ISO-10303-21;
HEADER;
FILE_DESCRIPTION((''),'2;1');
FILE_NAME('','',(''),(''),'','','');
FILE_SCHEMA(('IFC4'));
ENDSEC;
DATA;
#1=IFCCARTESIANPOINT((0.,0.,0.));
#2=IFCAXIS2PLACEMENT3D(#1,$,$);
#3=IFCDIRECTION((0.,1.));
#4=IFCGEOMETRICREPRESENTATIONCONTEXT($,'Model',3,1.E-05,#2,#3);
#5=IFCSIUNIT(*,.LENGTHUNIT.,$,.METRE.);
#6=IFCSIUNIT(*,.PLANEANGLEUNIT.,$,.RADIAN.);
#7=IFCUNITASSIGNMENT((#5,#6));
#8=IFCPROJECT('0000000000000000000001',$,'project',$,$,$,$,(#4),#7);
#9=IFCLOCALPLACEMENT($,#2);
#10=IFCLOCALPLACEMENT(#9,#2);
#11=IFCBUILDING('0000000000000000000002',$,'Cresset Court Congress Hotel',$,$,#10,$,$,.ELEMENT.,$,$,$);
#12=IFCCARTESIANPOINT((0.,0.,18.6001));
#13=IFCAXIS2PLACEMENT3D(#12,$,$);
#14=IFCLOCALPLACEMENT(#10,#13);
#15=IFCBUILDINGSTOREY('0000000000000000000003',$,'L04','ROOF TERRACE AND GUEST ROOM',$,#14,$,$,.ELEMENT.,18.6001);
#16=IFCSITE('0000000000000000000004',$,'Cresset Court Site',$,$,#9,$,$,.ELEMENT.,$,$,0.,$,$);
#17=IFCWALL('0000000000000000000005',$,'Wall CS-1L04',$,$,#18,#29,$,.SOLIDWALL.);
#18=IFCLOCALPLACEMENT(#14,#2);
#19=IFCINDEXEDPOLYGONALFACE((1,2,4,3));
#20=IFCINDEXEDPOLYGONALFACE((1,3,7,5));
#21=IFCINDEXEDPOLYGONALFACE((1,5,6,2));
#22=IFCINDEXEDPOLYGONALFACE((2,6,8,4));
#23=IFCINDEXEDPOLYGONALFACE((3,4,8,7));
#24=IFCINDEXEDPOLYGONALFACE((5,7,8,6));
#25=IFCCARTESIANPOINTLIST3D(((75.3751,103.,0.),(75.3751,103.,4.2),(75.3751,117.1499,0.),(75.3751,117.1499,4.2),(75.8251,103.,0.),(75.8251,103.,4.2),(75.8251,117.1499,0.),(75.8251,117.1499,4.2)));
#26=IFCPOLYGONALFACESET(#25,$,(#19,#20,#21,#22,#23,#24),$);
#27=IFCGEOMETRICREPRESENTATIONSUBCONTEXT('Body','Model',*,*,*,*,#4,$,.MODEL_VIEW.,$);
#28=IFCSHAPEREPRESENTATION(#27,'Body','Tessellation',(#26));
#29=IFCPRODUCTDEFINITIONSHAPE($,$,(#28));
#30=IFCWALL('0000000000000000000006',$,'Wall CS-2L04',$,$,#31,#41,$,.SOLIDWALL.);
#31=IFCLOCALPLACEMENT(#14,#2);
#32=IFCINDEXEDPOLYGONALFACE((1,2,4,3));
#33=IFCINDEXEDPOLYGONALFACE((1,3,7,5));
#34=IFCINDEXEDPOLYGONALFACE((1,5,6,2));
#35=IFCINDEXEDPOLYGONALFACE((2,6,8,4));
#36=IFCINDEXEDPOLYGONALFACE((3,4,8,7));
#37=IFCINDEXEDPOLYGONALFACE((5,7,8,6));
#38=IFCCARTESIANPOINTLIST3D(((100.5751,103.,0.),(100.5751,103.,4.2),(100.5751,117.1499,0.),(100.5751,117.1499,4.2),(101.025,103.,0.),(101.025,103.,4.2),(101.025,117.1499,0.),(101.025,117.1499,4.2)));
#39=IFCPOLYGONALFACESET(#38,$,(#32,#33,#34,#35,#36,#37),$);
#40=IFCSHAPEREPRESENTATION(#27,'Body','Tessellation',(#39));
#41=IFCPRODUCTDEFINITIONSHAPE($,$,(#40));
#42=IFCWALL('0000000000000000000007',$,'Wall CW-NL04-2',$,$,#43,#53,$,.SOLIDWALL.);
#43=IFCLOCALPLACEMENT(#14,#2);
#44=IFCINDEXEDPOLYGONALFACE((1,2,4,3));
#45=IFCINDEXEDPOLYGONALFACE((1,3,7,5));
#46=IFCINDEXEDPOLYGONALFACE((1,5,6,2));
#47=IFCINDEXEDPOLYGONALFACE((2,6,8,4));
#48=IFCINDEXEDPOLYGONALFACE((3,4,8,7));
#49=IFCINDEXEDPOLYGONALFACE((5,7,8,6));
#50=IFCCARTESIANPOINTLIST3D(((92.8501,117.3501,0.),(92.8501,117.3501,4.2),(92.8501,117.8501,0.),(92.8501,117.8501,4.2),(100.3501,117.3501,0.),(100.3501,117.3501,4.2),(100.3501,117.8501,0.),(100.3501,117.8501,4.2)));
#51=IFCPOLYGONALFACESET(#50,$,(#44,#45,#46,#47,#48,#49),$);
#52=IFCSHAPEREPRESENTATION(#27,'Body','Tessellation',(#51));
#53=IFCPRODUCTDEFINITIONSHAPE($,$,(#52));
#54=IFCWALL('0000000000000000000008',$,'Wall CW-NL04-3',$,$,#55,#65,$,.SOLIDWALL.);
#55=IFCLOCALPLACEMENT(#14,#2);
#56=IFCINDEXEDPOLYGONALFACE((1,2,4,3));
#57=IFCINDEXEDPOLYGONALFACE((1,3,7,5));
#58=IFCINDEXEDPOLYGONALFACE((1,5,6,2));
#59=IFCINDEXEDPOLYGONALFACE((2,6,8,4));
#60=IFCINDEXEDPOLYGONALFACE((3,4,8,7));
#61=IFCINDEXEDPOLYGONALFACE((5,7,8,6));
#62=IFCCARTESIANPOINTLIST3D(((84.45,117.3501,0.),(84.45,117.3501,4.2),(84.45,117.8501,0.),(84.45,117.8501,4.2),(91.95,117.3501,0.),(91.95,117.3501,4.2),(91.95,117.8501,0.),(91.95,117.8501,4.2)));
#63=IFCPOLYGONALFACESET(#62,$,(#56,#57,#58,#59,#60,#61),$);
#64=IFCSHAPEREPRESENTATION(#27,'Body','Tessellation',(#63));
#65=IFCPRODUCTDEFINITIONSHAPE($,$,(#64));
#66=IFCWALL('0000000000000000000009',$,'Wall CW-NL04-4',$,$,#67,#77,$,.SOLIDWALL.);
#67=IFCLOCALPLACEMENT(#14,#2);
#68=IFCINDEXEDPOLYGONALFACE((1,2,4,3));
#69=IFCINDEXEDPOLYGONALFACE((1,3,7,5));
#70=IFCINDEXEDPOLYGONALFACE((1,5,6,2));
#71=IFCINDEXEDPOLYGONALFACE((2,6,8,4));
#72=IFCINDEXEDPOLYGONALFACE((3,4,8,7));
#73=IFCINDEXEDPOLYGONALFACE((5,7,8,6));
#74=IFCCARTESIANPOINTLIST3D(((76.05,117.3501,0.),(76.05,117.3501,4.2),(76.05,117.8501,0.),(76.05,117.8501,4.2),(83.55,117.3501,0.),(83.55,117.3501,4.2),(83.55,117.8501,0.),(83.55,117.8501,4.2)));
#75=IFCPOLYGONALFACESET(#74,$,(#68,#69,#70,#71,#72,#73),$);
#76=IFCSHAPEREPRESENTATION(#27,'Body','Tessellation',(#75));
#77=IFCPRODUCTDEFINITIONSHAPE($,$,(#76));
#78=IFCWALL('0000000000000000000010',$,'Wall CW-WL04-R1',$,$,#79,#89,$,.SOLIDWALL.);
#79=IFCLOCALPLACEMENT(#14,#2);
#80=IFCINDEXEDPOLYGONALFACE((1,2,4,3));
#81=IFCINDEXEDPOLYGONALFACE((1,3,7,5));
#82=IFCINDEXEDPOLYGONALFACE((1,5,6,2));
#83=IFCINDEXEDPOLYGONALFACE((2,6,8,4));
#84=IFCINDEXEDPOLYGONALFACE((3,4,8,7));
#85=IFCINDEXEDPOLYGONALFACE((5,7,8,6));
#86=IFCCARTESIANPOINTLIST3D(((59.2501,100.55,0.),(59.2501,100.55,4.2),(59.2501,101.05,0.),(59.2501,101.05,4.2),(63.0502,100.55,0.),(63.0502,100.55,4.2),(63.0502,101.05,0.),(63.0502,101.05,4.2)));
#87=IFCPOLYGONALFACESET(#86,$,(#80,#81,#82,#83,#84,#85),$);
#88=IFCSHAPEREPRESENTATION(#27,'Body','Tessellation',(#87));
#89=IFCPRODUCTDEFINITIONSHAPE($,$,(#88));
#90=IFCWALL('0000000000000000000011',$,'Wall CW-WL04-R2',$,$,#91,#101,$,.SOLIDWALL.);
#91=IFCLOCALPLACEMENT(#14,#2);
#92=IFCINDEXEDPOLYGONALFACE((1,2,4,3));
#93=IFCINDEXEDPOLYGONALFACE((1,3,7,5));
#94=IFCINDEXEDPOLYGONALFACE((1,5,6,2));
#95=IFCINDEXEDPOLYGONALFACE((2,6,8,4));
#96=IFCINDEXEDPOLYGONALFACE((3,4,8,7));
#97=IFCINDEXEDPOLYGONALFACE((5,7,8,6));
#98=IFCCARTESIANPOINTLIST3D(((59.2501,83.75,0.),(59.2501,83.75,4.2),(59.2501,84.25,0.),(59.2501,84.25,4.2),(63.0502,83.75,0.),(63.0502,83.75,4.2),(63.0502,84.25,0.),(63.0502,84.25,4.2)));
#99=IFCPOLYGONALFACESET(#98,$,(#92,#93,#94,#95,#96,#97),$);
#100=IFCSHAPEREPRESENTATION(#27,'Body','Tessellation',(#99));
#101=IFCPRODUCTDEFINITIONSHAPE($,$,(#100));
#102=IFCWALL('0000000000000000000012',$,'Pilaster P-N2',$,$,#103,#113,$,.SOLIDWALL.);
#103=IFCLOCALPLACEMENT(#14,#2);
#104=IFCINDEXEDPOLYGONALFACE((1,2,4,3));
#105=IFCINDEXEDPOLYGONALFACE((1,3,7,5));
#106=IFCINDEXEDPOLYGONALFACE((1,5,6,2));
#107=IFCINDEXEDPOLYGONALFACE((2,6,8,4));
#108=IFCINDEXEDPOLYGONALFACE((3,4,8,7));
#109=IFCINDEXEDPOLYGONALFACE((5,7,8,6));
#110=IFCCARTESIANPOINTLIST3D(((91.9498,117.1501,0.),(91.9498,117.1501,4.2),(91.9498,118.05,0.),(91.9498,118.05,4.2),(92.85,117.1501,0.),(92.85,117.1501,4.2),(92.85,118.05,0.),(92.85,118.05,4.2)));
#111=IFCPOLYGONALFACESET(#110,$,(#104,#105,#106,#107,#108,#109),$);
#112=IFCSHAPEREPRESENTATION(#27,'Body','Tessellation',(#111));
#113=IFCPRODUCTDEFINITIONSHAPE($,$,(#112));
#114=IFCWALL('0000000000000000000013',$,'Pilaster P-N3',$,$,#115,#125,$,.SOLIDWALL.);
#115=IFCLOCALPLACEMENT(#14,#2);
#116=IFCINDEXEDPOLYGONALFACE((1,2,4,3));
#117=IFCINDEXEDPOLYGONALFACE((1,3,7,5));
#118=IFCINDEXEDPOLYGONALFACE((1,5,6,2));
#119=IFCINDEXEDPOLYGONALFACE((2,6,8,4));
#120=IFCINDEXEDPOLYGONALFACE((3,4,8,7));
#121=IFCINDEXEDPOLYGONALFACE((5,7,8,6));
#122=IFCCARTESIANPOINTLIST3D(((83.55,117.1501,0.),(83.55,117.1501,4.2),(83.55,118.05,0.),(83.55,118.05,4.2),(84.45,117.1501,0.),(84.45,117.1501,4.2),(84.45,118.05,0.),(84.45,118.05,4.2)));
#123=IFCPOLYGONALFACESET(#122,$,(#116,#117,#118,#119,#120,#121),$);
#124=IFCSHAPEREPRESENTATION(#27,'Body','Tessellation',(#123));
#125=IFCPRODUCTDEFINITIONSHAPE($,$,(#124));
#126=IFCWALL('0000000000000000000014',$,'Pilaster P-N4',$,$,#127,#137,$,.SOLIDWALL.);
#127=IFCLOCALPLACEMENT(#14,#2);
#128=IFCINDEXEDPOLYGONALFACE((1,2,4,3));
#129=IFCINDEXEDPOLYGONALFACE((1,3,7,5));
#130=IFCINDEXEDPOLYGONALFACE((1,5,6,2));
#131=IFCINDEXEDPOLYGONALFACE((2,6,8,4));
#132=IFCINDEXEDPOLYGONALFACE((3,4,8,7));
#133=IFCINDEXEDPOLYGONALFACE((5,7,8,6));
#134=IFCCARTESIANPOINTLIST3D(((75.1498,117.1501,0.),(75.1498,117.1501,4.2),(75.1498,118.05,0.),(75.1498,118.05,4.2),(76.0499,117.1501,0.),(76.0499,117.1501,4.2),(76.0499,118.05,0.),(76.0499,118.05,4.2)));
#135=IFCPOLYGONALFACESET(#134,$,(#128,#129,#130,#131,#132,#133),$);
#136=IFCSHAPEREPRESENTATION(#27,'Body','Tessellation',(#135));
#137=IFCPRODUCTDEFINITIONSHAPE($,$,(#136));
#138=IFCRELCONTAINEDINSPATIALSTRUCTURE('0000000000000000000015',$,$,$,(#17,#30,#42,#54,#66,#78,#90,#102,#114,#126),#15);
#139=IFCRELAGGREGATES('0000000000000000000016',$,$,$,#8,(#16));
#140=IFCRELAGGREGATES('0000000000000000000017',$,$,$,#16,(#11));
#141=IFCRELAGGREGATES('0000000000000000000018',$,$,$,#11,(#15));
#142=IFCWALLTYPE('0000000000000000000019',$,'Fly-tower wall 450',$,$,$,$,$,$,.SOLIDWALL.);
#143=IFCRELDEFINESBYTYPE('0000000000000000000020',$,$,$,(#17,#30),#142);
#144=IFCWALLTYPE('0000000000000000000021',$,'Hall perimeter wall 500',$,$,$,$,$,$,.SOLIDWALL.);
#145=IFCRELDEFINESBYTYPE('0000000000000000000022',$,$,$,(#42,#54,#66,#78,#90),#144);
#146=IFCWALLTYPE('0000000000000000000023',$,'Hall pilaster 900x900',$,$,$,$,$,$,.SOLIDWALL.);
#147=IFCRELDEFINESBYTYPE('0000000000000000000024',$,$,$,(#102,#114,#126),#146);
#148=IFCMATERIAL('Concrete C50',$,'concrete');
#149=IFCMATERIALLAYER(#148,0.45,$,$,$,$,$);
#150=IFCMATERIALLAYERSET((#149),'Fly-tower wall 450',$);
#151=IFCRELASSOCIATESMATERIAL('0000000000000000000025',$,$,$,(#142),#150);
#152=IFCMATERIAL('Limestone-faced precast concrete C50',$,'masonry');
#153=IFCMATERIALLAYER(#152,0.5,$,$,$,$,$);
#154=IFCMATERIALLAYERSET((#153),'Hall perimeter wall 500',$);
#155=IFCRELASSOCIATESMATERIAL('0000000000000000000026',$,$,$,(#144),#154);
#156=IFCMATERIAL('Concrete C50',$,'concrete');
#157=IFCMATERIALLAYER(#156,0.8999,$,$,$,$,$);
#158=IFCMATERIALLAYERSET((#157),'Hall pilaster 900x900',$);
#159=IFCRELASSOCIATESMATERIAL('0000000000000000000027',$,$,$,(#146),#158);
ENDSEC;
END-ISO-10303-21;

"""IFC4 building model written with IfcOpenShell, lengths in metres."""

from ifc_helpers import new_model, si_unit, direction, frame, frame_2d, origin, place, context, subcontext, project, spatial, rectangle, extrude, material, layer, layer_set, type_object, element, save


model = new_model("IFC4")

# Units and contexts
model_context = context("Model", 3, precision=1e-05, world=origin(), true_north=direction((0.0, 1.0)))
body_context = subcontext(model_context, "Body", "Model", "MODEL_VIEW")
ifc_project = project(units=[si_unit("LENGTHUNIT", "METRE"), si_unit("PLANEANGLEUNIT", "RADIAN")], contexts=[model_context])

# Site, building, storey
site_placement = place(None, origin())
site = spatial("IfcSite", under=ifc_project, at=site_placement, Name="Cresset Court Site", CompositionType="ELEMENT", RefElevation=0.0)
building_placement = place(site_placement, origin())
building = spatial("IfcBuilding", under=site, at=building_placement, Name="Cresset Court Congress Hotel", CompositionType="ELEMENT")
storey_placement = place(building_placement, frame((0.0, 0.0, 18.6001)))
storey = spatial("IfcBuildingStorey", under=building, at=storey_placement, Name="L04", Description="ROOF TERRACE AND GUEST ROOM", CompositionType="ELEMENT", Elevation=18.6001)

# Walls
ifc_material_1 = material(Name="Concrete C50", Category="concrete")
ifc_layer_1 = layer(ifc_material_1, 0.45)
ifc_layer_set_1 = layer_set([ifc_layer_1], Name="Fly-tower wall 450")
wall_type_1 = type_object("IfcWallType", Name="Fly-tower wall 450", PredefinedType="SOLIDWALL", material=ifc_layer_set_1)
for number, where, z_axis, x_axis, name in (
    (1, (75.6001, 103.0, 0.0), (0.0, 0.0, 1.0), (0.0, 1.0, 0.0), "Wall CS-1L04"),
    (2, (100.8, 103.0, 0.0), (0.0, 0.0, 1.0), (0.0, 1.0, 0.0), "Wall CS-2L04"),
):
    element("IfcWall", number, at=place(storey_placement, frame(where, z_axis=z_axis, x_axis=x_axis)), inside=storey, type_object=wall_type_1, Name=name, PredefinedType="SOLIDWALL", context=body_context, shape_type="SweptSolid", body=[
        extrude(rectangle(XDim=14.1499, YDim=0.45, at=frame_2d((7.075, 0.0))), origin(), (0.0, 0.0, 1.0), 4.2),
    ])
ifc_material_2 = material(Name="Limestone-faced precast concrete C50", Category="masonry")
ifc_layer_2 = layer(ifc_material_2, 0.5)
ifc_layer_set_2 = layer_set([ifc_layer_2], Name="Hall perimeter wall 500")
wall_type_2 = type_object("IfcWallType", Name="Hall perimeter wall 500", PredefinedType="SOLIDWALL", material=ifc_layer_set_2)
for number, where, z_axis, x_axis, name in (
    (3, (92.8501, 117.6001, 0.0), (0.0, 0.0, 1.0), (1.0, 0.0, 0.0), "Wall CW-NL04-2"),
    (4, (84.45, 117.6001, 0.0), (0.0, 0.0, 1.0), (1.0, 0.0, 0.0), "Wall CW-NL04-3"),
    (5, (76.05, 117.6001, 0.0), (0.0, 0.0, 1.0), (1.0, 0.0, 0.0), "Wall CW-NL04-4"),
):
    element("IfcWall", number, at=place(storey_placement, frame(where, z_axis=z_axis, x_axis=x_axis)), inside=storey, type_object=wall_type_2, Name=name, PredefinedType="SOLIDWALL", context=body_context, shape_type="SweptSolid", body=[
        extrude(rectangle(XDim=7.5, YDim=0.5, at=frame_2d((3.75, 0.0))), origin(), (0.0, 0.0, 1.0), 4.2),
    ])
for number, where, z_axis, x_axis, name in (
    (6, (63.05, 100.8, 0.0), (0.0, 0.0, 1.0), (-1.0, 0.0, 0.0), "Wall CW-WL04-R1"),
    (7, (63.05, 84.0, 0.0), (0.0, 0.0, 1.0), (-1.0, 0.0, 0.0), "Wall CW-WL04-R2"),
):
    element("IfcWall", number, at=place(storey_placement, frame(where, z_axis=z_axis, x_axis=x_axis)), inside=storey, type_object=wall_type_2, Name=name, PredefinedType="SOLIDWALL", context=body_context, shape_type="SweptSolid", body=[
        extrude(rectangle(XDim=3.8, YDim=0.5, at=frame_2d((1.8999, 0.0))), origin(), (0.0, 0.0, 1.0), 4.2),
    ])
ifc_material_3 = material(Name="Concrete C50", Category="concrete")
ifc_layer_3 = layer(ifc_material_3, 0.8999)
ifc_layer_set_3 = layer_set([ifc_layer_3], Name="Hall pilaster 900x900")
wall_type_3 = type_object("IfcWallType", Name="Hall pilaster 900x900", PredefinedType="SOLIDWALL", material=ifc_layer_set_3)
wall_1_placement = place(storey_placement, frame((92.8501, 117.6001, 0.0), z_axis=(0.0, 0.0, 1.0), x_axis=(-1.0, 0.0, 0.0)))
element("IfcWall", 8, at=wall_1_placement, inside=storey, type_object=wall_type_3, Name="Pilaster P-N2", PredefinedType="SOLIDWALL", context=body_context, shape_type="SweptSolid", body=[
    extrude(rectangle(XDim=0.9001, YDim=0.8999, at=frame_2d((0.4502, 0.0))), origin(), (0.0, 0.0, 1.0), 4.2),
])
wall_2_placement = place(storey_placement, frame((84.45, 117.6001, 0.0), z_axis=(0.0, 0.0, 1.0), x_axis=(-1.0, 0.0, 0.0)))
element("IfcWall", 9, at=wall_2_placement, inside=storey, type_object=wall_type_3, Name="Pilaster P-N3", PredefinedType="SOLIDWALL", context=body_context, shape_type="SweptSolid", body=[
    extrude(rectangle(XDim=0.8999, YDim=0.8999, at=frame_2d((0.45, 0.0))), origin(), (0.0, 0.0, 1.0), 4.2),
])
wall_3_placement = place(storey_placement, frame((76.05, 117.6001, 0.0), z_axis=(0.0, 0.0, 1.0), x_axis=(-1.0, 0.0, 0.0)))
element("IfcWall", 10, at=wall_3_placement, inside=storey, type_object=wall_type_3, Name="Pilaster P-N4", PredefinedType="SOLIDWALL", context=body_context, shape_type="SweptSolid", body=[
    extrude(rectangle(XDim=0.9001, YDim=0.8999, at=frame_2d((0.4502, 0.0))), origin(), (0.0, 0.0, 1.0), 4.2),
])

save(model, "model.ifc")
